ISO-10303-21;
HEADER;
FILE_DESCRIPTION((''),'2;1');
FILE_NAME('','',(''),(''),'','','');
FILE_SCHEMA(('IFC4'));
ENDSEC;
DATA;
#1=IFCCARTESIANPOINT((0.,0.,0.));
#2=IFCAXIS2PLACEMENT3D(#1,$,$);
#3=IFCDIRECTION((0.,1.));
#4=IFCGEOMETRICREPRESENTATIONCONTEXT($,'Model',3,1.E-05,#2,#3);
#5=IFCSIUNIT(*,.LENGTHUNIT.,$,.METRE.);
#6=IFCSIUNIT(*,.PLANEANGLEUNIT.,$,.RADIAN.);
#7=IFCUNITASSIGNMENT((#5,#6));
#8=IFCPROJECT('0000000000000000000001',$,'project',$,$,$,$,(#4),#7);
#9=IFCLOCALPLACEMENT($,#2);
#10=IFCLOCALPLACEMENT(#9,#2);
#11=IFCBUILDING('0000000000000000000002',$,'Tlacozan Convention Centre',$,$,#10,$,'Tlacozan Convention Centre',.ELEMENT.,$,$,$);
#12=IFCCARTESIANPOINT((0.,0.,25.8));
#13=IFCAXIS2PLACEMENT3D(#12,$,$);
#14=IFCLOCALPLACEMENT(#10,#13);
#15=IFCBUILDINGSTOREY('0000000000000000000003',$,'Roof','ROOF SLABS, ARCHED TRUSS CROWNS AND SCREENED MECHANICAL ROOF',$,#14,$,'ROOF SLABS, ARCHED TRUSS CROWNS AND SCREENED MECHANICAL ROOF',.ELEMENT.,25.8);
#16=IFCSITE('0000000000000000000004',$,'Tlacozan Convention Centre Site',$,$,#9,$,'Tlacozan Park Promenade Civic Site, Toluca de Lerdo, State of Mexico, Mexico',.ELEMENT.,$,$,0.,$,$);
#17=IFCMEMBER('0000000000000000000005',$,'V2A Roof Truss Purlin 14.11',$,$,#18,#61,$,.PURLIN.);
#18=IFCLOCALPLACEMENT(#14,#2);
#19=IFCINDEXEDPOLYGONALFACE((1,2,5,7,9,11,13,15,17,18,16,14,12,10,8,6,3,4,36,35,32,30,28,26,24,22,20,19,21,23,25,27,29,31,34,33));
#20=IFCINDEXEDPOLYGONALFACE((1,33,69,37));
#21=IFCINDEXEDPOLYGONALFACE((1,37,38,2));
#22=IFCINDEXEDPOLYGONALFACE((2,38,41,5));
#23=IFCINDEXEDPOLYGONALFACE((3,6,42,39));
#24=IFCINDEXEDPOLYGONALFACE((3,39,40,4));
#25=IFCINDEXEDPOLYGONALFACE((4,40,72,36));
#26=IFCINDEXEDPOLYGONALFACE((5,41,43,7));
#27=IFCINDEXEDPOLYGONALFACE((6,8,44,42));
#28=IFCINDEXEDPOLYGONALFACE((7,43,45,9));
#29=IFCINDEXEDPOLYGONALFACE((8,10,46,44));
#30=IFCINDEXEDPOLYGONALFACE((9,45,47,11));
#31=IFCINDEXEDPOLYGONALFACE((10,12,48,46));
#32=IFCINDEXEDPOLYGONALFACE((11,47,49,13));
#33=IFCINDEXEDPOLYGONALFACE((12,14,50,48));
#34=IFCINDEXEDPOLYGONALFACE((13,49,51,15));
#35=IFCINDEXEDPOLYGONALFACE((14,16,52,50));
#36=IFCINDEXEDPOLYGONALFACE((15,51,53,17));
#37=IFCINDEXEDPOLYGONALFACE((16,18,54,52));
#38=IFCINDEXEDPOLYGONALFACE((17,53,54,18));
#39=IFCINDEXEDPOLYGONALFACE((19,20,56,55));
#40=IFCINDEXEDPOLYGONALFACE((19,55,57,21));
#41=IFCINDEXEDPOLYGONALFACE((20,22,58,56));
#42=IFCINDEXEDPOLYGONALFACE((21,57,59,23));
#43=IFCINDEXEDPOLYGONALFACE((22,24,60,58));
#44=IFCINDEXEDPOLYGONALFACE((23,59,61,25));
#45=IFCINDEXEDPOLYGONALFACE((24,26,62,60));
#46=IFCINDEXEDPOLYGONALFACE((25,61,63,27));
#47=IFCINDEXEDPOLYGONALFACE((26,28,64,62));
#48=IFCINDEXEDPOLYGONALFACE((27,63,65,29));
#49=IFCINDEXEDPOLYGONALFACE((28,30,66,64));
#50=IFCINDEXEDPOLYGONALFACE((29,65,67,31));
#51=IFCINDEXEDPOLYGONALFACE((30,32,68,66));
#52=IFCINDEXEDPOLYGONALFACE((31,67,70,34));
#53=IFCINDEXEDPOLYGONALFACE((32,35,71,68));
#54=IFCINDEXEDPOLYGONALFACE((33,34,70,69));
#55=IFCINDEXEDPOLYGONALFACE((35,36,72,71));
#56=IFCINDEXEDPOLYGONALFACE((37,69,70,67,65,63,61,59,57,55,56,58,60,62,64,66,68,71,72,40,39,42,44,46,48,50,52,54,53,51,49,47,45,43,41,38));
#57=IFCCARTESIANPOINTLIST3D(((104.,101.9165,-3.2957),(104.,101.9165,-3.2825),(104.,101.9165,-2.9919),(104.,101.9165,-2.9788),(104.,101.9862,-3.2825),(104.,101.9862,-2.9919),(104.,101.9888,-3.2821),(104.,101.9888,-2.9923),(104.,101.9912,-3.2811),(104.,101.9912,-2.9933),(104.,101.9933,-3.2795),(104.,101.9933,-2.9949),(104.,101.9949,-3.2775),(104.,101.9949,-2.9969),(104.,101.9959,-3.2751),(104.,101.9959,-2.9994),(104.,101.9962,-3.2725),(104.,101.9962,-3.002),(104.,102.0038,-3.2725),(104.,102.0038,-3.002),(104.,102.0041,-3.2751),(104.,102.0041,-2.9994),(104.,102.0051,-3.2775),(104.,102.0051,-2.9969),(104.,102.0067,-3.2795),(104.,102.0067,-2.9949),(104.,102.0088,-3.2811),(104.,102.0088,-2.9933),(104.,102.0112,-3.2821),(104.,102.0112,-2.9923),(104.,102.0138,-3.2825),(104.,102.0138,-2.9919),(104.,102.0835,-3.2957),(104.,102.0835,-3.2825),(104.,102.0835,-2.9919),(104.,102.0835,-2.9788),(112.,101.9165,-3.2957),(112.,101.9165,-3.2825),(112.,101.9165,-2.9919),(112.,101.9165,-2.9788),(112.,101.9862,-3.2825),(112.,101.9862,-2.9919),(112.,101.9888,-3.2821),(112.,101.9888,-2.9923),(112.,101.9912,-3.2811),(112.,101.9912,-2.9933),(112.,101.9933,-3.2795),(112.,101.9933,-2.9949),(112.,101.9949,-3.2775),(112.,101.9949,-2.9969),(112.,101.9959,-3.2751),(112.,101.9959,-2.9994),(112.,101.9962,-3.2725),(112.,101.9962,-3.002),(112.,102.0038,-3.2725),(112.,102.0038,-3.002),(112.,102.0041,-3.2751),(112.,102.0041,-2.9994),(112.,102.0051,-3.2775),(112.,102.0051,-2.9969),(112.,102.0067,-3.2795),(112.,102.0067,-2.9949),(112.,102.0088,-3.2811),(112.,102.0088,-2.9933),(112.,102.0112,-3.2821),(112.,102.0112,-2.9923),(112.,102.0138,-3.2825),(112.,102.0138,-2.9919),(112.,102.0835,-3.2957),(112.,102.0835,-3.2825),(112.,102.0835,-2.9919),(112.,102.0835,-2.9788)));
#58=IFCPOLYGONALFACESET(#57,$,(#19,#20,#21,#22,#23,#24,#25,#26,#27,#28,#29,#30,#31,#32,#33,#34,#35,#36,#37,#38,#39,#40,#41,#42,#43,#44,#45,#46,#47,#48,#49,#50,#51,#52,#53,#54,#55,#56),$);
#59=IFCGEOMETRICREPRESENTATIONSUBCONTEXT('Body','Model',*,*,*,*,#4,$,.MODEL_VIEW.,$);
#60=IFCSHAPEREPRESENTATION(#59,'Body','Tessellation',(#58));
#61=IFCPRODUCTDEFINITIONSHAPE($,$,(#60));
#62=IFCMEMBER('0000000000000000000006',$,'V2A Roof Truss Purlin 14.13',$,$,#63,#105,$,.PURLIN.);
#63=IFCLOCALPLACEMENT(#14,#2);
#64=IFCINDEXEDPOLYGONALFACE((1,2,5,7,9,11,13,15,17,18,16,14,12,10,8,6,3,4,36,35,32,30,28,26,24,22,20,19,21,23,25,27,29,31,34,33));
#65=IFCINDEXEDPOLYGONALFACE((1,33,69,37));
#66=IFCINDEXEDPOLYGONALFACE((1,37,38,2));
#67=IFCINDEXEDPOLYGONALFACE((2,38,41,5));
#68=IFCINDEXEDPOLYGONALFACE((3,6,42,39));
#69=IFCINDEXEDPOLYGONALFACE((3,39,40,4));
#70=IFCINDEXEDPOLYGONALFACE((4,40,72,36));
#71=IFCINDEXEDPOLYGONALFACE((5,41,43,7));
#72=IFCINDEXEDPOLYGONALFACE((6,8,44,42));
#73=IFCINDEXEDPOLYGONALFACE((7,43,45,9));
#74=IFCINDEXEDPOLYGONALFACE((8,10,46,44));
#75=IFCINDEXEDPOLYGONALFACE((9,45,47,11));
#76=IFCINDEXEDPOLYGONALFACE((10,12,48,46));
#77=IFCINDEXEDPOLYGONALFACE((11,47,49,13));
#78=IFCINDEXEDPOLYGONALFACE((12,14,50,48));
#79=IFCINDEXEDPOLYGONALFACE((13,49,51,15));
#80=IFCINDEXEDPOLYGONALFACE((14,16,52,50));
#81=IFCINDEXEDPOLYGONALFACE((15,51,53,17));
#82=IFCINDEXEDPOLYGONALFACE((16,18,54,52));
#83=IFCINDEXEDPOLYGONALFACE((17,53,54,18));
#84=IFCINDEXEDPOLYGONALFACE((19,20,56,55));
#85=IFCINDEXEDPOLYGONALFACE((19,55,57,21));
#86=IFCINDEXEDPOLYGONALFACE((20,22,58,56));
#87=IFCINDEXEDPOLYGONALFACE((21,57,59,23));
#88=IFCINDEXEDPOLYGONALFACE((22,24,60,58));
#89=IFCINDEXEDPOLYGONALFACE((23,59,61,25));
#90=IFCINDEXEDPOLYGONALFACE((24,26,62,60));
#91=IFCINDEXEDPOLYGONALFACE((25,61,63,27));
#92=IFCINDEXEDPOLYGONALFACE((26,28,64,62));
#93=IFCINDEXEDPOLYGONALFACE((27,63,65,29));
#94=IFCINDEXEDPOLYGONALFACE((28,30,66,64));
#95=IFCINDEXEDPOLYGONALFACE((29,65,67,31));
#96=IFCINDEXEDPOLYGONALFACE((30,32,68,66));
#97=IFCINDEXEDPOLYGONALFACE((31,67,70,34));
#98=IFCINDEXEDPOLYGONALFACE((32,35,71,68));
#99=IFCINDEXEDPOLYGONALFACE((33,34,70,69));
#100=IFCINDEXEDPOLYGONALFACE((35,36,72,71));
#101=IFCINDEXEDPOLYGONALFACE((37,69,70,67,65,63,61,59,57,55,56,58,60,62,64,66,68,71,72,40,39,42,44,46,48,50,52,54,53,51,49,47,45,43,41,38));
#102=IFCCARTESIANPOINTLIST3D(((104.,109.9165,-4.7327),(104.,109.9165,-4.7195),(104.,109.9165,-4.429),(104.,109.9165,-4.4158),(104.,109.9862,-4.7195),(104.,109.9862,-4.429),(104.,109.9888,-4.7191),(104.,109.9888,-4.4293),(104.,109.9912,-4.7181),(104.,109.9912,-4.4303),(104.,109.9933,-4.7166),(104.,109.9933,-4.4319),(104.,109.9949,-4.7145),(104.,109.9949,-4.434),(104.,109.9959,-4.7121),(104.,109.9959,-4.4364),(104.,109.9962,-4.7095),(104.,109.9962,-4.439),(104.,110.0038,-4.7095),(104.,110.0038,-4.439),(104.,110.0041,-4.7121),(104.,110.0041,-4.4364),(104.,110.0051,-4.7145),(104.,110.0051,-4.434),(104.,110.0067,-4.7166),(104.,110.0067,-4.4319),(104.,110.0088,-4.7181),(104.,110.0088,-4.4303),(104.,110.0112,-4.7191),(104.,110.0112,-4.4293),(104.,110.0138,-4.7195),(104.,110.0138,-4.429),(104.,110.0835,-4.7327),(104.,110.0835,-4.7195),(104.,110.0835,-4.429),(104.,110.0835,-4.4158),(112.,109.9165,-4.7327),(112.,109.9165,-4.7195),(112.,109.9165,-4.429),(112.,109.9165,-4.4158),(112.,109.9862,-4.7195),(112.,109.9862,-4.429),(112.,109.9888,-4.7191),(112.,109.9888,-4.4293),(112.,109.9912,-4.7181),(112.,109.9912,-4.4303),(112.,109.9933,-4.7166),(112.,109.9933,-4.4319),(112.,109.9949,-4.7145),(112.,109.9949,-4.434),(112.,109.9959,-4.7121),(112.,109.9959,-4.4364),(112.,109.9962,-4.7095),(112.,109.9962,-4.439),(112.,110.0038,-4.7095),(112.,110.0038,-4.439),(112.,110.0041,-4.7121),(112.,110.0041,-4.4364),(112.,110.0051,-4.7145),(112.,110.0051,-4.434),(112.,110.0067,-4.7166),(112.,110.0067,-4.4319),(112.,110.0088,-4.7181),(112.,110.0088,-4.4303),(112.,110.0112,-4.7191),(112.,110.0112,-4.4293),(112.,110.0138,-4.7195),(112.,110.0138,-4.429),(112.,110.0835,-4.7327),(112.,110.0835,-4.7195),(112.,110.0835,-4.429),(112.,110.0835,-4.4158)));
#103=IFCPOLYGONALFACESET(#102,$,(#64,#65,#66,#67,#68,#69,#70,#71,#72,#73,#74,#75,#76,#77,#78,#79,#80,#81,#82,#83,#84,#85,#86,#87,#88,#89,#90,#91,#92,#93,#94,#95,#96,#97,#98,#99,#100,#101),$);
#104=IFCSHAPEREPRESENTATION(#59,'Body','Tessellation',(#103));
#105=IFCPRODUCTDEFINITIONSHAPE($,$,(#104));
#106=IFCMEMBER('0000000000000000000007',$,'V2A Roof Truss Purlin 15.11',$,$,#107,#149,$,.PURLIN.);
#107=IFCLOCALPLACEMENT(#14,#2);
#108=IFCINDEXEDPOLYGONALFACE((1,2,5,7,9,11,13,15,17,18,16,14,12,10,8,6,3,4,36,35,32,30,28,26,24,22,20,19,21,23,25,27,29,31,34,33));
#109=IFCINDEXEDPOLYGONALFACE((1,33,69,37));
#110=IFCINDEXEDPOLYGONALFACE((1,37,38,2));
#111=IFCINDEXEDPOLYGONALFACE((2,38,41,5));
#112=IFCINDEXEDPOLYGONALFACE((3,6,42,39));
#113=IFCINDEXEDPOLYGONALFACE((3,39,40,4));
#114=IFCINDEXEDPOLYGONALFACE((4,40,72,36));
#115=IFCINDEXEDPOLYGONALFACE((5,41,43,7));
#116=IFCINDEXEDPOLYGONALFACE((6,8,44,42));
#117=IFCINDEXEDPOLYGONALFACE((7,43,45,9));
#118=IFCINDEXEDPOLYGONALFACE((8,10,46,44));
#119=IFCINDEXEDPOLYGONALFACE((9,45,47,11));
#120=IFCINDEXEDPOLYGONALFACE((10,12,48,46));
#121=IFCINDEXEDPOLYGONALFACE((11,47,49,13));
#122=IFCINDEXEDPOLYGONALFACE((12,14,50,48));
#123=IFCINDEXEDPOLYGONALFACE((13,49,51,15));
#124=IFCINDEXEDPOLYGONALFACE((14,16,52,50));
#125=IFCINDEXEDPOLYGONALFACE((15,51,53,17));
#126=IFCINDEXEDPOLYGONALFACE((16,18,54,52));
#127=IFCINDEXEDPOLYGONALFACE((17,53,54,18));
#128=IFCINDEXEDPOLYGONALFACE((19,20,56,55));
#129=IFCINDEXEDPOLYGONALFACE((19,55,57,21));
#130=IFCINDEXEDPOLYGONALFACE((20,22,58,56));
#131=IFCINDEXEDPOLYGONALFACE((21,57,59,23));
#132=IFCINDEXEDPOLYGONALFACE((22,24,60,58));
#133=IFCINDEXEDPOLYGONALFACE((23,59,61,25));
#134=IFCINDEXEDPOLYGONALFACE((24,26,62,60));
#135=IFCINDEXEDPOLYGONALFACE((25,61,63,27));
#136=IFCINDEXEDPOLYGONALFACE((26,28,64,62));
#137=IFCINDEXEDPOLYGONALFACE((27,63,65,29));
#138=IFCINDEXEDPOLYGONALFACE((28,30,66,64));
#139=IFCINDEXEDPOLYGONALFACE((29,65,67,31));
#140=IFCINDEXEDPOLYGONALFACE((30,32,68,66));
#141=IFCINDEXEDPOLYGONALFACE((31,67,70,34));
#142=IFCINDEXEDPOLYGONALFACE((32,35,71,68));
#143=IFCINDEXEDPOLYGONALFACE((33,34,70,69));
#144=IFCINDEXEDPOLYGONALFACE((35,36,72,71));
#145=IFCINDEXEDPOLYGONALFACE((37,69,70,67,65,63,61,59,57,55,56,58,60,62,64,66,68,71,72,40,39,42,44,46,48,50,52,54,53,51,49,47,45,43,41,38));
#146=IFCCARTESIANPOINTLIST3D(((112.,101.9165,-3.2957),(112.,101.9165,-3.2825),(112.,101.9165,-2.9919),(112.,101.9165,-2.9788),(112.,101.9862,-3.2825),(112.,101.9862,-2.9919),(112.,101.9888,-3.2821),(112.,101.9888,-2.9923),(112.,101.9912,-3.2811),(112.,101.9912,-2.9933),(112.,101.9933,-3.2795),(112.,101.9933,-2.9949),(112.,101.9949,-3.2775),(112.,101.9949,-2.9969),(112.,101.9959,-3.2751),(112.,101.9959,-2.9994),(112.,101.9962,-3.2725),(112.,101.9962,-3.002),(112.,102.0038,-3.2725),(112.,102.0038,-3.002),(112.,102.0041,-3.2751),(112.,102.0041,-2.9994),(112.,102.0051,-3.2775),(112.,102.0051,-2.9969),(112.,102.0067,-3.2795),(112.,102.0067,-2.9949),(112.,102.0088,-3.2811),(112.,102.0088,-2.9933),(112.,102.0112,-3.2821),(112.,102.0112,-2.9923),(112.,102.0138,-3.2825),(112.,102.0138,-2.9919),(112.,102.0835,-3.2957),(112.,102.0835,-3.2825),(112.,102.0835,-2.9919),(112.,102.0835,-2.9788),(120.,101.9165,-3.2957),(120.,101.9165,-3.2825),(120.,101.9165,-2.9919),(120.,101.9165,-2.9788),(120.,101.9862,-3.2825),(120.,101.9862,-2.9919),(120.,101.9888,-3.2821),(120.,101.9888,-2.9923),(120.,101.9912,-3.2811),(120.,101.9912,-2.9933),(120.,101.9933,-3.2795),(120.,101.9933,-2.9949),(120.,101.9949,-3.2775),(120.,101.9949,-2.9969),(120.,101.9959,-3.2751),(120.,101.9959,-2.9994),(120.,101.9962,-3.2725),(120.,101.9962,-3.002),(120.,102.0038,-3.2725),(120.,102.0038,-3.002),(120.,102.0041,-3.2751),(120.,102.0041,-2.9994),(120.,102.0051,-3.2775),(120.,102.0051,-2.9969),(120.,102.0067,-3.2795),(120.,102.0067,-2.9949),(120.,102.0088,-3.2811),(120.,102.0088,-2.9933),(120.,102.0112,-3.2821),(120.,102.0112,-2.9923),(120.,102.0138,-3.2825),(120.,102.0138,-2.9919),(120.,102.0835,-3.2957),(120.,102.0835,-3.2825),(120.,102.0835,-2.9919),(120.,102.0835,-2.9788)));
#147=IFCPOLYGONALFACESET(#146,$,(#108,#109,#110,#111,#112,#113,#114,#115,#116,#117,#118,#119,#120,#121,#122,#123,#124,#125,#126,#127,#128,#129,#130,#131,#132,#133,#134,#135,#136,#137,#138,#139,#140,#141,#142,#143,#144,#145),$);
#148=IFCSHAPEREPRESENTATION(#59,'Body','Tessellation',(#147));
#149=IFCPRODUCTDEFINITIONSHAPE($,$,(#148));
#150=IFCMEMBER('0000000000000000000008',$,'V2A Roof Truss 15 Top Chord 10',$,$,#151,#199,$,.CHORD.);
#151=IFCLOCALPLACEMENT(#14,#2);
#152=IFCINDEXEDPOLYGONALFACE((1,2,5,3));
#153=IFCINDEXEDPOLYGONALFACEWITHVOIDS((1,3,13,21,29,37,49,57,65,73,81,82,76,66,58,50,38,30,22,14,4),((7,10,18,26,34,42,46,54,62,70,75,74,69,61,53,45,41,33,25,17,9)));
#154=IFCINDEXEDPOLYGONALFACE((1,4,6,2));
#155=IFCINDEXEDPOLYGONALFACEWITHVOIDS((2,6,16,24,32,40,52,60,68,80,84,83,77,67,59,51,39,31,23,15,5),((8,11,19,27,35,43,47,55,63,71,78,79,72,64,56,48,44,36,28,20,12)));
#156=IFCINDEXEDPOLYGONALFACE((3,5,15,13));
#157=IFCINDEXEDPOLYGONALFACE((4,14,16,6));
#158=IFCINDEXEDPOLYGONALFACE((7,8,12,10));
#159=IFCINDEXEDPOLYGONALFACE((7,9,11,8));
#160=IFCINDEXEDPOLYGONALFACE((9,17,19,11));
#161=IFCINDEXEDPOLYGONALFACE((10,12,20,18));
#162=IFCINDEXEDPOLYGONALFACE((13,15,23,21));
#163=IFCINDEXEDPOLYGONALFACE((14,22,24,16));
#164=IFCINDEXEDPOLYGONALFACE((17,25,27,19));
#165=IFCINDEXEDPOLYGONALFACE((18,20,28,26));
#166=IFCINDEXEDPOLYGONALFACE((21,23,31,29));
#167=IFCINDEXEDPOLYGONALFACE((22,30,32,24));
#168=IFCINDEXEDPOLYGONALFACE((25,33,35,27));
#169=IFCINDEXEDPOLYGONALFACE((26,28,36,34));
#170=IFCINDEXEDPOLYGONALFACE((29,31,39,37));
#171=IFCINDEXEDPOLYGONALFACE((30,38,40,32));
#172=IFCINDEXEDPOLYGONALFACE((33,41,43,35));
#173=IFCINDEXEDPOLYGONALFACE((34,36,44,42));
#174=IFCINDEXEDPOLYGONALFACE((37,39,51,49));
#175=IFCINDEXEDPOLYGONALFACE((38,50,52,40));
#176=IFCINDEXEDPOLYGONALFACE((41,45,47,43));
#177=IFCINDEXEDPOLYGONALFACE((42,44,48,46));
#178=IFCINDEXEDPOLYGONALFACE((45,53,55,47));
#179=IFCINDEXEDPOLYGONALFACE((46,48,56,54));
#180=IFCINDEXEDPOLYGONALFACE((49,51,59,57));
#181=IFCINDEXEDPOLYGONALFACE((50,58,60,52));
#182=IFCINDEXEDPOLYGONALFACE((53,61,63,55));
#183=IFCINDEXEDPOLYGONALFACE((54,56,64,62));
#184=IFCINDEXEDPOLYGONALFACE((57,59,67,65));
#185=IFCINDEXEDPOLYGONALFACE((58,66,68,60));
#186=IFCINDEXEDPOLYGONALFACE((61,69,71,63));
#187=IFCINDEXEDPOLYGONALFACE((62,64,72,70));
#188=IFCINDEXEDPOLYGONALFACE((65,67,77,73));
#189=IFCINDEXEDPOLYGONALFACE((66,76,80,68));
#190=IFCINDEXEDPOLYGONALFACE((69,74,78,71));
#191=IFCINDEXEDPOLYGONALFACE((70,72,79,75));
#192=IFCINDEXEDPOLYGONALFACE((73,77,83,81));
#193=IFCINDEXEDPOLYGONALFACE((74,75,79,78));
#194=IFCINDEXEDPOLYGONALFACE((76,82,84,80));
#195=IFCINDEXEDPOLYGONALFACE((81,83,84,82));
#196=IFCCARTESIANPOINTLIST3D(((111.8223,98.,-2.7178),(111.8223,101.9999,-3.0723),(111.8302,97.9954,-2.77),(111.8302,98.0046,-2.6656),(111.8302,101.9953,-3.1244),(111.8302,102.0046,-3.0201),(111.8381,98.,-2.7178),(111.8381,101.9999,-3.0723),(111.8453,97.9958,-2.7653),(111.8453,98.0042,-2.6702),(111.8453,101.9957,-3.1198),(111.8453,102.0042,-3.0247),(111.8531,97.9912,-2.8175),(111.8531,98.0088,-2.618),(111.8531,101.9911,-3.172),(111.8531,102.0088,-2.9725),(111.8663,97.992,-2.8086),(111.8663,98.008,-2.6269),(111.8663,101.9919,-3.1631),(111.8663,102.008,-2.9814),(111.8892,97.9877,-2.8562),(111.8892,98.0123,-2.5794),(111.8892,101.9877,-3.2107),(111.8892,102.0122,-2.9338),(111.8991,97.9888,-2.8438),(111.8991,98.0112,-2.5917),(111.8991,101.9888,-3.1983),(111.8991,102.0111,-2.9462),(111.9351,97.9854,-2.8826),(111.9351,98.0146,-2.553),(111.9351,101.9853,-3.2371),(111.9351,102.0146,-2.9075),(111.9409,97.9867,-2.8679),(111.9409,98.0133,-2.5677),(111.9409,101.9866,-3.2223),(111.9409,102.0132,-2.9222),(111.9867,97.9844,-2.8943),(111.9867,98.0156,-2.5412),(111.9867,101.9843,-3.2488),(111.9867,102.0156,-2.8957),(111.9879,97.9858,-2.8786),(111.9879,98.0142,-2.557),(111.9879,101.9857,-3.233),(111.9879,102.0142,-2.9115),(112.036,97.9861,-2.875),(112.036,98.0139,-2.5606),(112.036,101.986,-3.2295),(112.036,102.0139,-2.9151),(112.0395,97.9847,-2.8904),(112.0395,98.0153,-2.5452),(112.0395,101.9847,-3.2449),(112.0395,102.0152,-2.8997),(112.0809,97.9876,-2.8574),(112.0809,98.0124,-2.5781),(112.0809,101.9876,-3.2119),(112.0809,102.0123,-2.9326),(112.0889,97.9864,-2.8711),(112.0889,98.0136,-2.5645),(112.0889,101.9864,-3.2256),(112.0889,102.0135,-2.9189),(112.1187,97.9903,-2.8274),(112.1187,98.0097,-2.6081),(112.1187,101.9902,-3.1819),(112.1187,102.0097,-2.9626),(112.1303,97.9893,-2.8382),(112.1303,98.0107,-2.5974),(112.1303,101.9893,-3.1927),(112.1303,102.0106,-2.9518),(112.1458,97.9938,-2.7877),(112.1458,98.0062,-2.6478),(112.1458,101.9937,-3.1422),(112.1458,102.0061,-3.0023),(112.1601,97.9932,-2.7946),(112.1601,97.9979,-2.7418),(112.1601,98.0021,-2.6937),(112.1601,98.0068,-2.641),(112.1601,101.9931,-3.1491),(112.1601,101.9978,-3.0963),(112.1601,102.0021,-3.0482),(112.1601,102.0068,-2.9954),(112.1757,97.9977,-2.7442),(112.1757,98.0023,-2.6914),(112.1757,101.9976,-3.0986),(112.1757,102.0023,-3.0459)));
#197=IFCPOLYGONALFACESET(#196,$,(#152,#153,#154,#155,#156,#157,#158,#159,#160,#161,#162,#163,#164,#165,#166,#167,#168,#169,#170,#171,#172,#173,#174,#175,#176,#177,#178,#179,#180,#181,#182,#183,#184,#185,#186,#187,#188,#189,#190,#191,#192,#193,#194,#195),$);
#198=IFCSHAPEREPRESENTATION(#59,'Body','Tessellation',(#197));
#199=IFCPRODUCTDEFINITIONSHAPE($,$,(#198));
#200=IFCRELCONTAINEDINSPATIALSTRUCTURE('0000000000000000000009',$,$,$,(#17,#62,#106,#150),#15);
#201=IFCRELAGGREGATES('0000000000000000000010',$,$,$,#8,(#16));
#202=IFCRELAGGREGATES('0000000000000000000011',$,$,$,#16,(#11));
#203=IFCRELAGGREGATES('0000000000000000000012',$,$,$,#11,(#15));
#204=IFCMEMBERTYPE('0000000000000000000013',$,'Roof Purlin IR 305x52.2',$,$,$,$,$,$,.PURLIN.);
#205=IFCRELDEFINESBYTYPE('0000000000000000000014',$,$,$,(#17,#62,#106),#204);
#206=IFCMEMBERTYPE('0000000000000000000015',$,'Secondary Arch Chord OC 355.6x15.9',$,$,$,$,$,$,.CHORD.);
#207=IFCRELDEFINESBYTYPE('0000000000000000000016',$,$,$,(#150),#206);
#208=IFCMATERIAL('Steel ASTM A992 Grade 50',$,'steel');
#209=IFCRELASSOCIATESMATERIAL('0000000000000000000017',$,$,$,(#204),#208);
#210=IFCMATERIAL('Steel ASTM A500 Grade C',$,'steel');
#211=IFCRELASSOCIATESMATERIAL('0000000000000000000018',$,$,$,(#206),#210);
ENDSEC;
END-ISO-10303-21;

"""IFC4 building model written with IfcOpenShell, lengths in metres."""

from ifc_helpers import new_model, si_unit, direction, frame, origin, origin_2d, place, context, subcontext, project, spatial, hollow_circle, i_section, extrude, material, material_profile, profile_set, type_object, element, save


model = new_model("IFC4")

# Units and contexts
model_context = context("Model", 3, precision=1e-05, world=origin(), true_north=direction((0.0, 1.0)))
body_context = subcontext(model_context, "Body", "Model", "MODEL_VIEW")
ifc_project = project(units=[si_unit("LENGTHUNIT", "METRE"), si_unit("PLANEANGLEUNIT", "RADIAN")], contexts=[model_context])

# Site, building, storey
site_placement = place(None, origin())
site = spatial("IfcSite", under=ifc_project, at=site_placement, Name="Tlacozan Convention Centre Site", LongName="Tlacozan Park Promenade Civic Site, Toluca de Lerdo, State of Mexico, Mexico", CompositionType="ELEMENT", RefElevation=0.0)
building_placement = place(site_placement, origin())
building = spatial("IfcBuilding", under=site, at=building_placement, Name="Tlacozan Convention Centre", LongName="Tlacozan Convention Centre", CompositionType="ELEMENT")
storey_placement = place(building_placement, frame((0.0, 0.0, 25.8)))
storey = spatial("IfcBuildingStorey", under=building, at=storey_placement, Name="Roof", Description="ROOF SLABS, ARCHED TRUSS CROWNS AND SCREENED MECHANICAL ROOF", LongName="ROOF SLABS, ARCHED TRUSS CROWNS AND SCREENED MECHANICAL ROOF", CompositionType="ELEMENT", Elevation=25.8)

# Members
ifc_material_1 = material(Name="Steel ASTM A500 Grade C", Category="steel")
ifc_material_2 = material(Name="Steel ASTM A992 Grade 50", Category="steel")
ifc_material_profile_1 = material_profile(ifc_material_2, i_section(OverallWidth=0.167, OverallDepth=0.3169, WebThickness=0.0076, FlangeThickness=0.0132, FilletRadius=0.01, at=origin_2d()), Name="IR 305x52.2")
ifc_profile_set_1 = profile_set([ifc_material_profile_1], Name="Steel ASTM A992 Grade 50")
member_type_1 = type_object("IfcMemberType", Name="Roof Purlin IR 305x52.2", PredefinedType="PURLIN", material=ifc_profile_set_1)
for number, where, z_axis, x_axis, name in (
    (1, (104.0, 102.0, -3.1372), (1.0, 0.0, 0.0), (0.0, 1.0, 0.0), "V2A Roof Truss Purlin 14.11"),
    (2, (104.0, 110.0, -4.5742), (1.0, 0.0, 0.0), (0.0, 1.0, 0.0), "V2A Roof Truss Purlin 14.13"),
    (3, (112.0, 102.0, -3.1372), (1.0, 0.0, 0.0), (0.0, 1.0, 0.0), "V2A Roof Truss Purlin 15.11"),
):
    element("IfcMember", number, at=place(storey_placement, frame(where, z_axis=z_axis, x_axis=x_axis)), inside=storey, type_object=member_type_1, Name=name, PredefinedType="PURLIN", context=body_context, shape_type="SweptSolid", body=[
        extrude(i_section(OverallWidth=0.167, OverallDepth=0.3169, WebThickness=0.0076, FlangeThickness=0.0132, FilletRadius=0.01, at=origin_2d()), origin(), (0.0, 0.0, 1.0), 8.0),
    ])
ifc_material_profile_2 = material_profile(ifc_material_1, hollow_circle(Radius=0.1777, WallThickness=0.0159, at=origin_2d()), Name="OC 355.6x15.9")
ifc_profile_set_2 = profile_set([ifc_material_profile_2], Name="Steel ASTM A500 Grade C")
member_type_2 = type_object("IfcMemberType", Name="Secondary Arch Chord OC 355.6x15.9", PredefinedType="CHORD", material=ifc_profile_set_2)
member_1_placement = place(storey_placement, frame((112.0, 98.0, -2.7178), z_axis=(0.0, 0.996096, -0.088277), x_axis=(-1.0, 0.0, 0.0)))
element("IfcMember", 4, at=member_1_placement, inside=storey, type_object=member_type_2, Name="V2A Roof Truss 15 Top Chord 10", PredefinedType="CHORD", context=body_context, shape_type="SweptSolid", body=[
    extrude(hollow_circle(Radius=0.1777, WallThickness=0.0159, at=origin_2d()), origin(), (0.0, 0.0, 1.0), 4.0156),
])

save(model, "model.ifc")
